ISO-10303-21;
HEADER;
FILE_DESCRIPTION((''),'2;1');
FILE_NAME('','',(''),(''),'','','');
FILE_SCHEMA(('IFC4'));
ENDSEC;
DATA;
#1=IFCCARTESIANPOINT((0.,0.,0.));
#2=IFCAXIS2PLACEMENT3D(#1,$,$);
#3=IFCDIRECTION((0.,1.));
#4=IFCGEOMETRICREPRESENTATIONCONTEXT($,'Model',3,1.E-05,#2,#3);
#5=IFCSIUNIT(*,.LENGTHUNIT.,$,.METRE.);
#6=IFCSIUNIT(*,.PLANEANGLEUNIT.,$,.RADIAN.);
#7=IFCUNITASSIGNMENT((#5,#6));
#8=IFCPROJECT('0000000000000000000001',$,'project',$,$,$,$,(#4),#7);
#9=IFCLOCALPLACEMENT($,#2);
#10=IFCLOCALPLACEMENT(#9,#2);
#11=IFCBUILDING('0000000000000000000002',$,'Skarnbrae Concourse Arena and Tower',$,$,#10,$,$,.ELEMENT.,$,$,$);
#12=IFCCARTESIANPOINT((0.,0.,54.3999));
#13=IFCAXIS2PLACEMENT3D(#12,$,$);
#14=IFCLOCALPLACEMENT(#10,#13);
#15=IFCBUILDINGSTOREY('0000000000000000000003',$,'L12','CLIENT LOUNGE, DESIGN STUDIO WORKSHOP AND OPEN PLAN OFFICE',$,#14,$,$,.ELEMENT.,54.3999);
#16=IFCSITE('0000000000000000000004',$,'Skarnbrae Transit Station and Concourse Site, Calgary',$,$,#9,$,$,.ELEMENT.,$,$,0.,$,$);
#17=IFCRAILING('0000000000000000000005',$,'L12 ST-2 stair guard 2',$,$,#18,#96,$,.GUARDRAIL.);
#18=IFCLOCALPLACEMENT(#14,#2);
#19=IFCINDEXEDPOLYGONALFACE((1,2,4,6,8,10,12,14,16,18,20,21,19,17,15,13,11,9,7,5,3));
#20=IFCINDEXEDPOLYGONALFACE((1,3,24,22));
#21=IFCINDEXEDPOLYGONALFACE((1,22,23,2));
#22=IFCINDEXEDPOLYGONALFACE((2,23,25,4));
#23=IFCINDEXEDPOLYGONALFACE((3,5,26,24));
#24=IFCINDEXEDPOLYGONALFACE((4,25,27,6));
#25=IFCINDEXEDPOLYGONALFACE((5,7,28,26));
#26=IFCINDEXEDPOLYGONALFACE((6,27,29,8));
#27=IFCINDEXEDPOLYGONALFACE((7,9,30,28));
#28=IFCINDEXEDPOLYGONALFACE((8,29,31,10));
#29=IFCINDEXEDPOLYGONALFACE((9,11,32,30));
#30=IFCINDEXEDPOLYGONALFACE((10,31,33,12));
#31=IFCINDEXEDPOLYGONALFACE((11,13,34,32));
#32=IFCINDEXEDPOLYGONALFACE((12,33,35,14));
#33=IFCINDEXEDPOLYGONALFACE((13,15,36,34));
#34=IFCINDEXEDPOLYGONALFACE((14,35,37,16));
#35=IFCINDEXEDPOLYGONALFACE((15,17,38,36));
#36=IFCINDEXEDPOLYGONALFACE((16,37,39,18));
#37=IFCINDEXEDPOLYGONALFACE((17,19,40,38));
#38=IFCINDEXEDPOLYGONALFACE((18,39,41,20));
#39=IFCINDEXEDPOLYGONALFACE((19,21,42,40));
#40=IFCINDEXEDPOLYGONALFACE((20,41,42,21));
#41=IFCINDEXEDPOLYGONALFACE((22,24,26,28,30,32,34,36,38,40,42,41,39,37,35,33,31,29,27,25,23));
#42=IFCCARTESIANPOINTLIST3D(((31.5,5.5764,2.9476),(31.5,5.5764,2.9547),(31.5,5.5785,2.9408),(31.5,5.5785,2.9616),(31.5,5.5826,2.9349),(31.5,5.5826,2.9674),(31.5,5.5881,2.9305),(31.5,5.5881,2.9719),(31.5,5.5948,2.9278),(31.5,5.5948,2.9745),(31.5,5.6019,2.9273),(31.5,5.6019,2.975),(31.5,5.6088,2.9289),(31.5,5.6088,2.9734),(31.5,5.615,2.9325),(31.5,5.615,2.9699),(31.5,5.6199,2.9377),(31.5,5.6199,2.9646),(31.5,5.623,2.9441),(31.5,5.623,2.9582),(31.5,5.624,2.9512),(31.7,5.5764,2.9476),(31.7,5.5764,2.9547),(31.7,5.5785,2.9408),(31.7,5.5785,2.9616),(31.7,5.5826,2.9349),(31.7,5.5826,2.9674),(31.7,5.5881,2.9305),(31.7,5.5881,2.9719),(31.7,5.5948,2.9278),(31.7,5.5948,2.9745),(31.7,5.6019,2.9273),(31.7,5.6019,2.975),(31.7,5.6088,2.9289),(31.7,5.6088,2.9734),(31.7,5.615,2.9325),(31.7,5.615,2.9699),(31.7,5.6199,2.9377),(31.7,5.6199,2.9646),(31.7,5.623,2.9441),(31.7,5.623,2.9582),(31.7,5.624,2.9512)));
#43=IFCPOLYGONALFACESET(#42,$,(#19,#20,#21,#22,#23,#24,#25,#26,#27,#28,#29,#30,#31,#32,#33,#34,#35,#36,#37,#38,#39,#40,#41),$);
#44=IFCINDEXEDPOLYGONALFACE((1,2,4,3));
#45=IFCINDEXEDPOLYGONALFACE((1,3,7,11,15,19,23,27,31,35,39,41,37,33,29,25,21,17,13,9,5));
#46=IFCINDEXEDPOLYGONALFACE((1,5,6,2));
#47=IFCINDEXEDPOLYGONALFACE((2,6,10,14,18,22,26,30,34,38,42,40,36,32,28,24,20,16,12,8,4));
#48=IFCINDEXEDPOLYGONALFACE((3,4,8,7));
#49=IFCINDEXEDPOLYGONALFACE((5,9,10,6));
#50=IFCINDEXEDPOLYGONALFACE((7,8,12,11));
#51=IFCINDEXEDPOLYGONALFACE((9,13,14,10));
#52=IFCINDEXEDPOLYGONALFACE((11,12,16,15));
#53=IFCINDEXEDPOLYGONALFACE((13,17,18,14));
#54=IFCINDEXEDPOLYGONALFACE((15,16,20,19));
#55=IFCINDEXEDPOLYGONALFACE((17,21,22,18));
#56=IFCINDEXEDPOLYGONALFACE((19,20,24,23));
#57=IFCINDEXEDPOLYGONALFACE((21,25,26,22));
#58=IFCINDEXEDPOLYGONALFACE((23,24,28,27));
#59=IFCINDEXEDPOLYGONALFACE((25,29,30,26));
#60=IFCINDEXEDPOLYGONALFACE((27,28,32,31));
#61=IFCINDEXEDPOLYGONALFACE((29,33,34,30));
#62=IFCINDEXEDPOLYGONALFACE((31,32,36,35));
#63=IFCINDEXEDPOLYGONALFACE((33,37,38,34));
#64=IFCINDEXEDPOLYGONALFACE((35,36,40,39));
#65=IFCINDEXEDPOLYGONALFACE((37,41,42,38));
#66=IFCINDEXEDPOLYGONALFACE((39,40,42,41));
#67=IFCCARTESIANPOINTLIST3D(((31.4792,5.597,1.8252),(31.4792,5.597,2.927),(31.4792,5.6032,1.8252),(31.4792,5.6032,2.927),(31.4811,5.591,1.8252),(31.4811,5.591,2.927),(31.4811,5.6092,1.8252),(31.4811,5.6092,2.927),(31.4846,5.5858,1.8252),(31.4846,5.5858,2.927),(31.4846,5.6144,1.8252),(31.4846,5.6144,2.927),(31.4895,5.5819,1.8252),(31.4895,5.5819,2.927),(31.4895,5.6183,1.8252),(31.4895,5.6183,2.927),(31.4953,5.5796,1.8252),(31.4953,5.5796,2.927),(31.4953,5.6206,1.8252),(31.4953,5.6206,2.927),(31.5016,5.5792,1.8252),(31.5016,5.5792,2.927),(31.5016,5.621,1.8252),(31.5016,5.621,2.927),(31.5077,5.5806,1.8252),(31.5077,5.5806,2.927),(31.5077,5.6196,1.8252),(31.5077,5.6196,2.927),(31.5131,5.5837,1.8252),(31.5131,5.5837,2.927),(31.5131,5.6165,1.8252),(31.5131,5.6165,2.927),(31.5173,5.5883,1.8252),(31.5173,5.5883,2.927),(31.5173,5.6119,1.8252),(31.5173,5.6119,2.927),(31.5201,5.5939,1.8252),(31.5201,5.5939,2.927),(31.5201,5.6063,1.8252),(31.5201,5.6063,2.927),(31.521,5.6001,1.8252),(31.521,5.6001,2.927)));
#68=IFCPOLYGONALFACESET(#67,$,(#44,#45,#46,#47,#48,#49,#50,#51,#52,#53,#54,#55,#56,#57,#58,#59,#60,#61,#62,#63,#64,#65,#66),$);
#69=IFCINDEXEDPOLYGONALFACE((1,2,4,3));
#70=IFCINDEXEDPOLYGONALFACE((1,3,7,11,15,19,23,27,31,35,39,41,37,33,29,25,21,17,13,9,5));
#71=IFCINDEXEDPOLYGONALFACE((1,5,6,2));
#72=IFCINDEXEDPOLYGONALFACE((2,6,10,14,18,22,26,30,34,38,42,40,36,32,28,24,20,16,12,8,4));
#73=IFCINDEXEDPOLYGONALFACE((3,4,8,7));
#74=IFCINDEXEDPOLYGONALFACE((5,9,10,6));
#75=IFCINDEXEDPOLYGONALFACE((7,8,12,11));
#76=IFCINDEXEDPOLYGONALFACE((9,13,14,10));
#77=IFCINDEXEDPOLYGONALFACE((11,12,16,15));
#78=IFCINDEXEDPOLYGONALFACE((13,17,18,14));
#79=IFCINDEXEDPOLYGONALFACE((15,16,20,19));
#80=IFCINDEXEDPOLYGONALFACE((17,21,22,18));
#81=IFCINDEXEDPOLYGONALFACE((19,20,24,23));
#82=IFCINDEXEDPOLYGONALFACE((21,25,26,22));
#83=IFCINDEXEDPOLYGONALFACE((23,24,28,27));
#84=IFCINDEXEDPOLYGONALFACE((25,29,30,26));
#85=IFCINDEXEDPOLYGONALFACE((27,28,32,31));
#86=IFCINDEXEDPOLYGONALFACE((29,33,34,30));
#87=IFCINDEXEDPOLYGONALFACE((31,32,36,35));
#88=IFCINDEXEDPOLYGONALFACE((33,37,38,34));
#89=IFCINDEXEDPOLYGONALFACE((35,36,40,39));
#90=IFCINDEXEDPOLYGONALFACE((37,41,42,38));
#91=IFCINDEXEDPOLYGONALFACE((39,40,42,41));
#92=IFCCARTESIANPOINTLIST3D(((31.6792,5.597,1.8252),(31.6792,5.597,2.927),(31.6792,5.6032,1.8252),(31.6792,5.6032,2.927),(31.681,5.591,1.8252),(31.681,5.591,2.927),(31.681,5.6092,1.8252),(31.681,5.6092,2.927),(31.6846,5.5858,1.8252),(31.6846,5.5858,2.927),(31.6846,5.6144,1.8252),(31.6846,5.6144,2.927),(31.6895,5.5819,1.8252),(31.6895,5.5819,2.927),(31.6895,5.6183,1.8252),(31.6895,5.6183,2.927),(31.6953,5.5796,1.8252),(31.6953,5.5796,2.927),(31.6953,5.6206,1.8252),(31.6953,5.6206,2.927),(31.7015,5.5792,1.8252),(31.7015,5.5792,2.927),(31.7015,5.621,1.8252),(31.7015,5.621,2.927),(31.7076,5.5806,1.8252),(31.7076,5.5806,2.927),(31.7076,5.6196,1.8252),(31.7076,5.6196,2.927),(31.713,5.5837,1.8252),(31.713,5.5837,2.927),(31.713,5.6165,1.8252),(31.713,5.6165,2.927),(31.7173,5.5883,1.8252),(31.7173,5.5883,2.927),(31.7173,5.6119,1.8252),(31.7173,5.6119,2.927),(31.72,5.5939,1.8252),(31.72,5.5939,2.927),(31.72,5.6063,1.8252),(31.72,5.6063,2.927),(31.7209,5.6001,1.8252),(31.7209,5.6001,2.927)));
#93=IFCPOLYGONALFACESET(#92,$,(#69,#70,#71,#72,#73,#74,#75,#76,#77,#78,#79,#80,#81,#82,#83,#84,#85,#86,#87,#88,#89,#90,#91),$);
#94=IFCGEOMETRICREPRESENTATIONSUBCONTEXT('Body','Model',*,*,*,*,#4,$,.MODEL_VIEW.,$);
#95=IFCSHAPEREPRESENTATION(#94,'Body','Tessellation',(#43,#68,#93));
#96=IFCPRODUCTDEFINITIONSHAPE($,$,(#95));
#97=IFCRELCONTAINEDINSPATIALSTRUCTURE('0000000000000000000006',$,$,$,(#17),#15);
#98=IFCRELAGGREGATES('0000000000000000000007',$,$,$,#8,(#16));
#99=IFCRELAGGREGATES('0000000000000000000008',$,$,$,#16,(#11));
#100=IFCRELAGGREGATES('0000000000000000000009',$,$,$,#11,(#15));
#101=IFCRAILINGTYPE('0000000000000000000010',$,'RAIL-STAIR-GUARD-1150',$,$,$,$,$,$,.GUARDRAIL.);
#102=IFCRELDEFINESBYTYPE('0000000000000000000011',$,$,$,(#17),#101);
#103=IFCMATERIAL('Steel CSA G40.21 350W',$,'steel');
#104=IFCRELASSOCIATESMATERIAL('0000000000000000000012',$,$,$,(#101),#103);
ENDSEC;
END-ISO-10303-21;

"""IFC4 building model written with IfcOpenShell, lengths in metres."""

from ifc_helpers import new_model, si_unit, direction, frame, origin, origin_2d, place, context, subcontext, project, spatial, circle, extrude, material, type_object, element, save


model = new_model("IFC4")

# Units and contexts
model_context = context("Model", 3, precision=1e-05, world=origin(), true_north=direction((0.0, 1.0)))
body_context = subcontext(model_context, "Body", "Model", "MODEL_VIEW")
ifc_project = project(units=[si_unit("LENGTHUNIT", "METRE"), si_unit("PLANEANGLEUNIT", "RADIAN")], contexts=[model_context])

# Site, building, storey
site_placement = place(None, origin())
site = spatial("IfcSite", under=ifc_project, at=site_placement, Name="Skarnbrae Transit Station and Concourse Site, Calgary", CompositionType="ELEMENT", RefElevation=0.0)
building_placement = place(site_placement, origin())
building = spatial("IfcBuilding", under=site, at=building_placement, Name="Skarnbrae Concourse Arena and Tower", CompositionType="ELEMENT")
storey_placement = place(building_placement, frame((0.0, 0.0, 54.3999)))
storey = spatial("IfcBuildingStorey", under=building, at=storey_placement, Name="L12", Description="CLIENT LOUNGE, DESIGN STUDIO WORKSHOP AND OPEN PLAN OFFICE", CompositionType="ELEMENT", Elevation=54.3999)

# Shared definitions
ifc_material_1 = material(Name="Steel CSA G40.21 350W", Category="steel")

# Railing
railing_type_1 = type_object("IfcRailingType", Name="RAIL-STAIR-GUARD-1150", PredefinedType="GUARDRAIL", material=ifc_material_1)
railing_1_placement = place(storey_placement, frame((31.5, 5.6001, 1.8252)))
element("IfcRailing", 1, at=railing_1_placement, inside=storey, type_object=railing_type_1, Name="L12 ST-2 stair guard 2", PredefinedType="GUARDRAIL", context=body_context, shape_type="SweptSolid", body=[
    extrude(circle(Radius=0.0239, at=origin_2d()), frame((0.0, 0.0, 1.126), z_axis=(1.0, 0.0, 0.0), x_axis=(0.0, 1.0, 0.0)), (0.0, 0.0, 1.0), 0.2),
    extrude(circle(Radius=0.021, at=origin_2d()), origin(), (0.0, 0.0, 1.0), 1.1018),
    extrude(circle(Radius=0.021, at=origin_2d()), frame((0.2, 0.0, 0.0)), (0.0, 0.0, 1.0), 1.1018),
])

save(model, "model.ifc")
